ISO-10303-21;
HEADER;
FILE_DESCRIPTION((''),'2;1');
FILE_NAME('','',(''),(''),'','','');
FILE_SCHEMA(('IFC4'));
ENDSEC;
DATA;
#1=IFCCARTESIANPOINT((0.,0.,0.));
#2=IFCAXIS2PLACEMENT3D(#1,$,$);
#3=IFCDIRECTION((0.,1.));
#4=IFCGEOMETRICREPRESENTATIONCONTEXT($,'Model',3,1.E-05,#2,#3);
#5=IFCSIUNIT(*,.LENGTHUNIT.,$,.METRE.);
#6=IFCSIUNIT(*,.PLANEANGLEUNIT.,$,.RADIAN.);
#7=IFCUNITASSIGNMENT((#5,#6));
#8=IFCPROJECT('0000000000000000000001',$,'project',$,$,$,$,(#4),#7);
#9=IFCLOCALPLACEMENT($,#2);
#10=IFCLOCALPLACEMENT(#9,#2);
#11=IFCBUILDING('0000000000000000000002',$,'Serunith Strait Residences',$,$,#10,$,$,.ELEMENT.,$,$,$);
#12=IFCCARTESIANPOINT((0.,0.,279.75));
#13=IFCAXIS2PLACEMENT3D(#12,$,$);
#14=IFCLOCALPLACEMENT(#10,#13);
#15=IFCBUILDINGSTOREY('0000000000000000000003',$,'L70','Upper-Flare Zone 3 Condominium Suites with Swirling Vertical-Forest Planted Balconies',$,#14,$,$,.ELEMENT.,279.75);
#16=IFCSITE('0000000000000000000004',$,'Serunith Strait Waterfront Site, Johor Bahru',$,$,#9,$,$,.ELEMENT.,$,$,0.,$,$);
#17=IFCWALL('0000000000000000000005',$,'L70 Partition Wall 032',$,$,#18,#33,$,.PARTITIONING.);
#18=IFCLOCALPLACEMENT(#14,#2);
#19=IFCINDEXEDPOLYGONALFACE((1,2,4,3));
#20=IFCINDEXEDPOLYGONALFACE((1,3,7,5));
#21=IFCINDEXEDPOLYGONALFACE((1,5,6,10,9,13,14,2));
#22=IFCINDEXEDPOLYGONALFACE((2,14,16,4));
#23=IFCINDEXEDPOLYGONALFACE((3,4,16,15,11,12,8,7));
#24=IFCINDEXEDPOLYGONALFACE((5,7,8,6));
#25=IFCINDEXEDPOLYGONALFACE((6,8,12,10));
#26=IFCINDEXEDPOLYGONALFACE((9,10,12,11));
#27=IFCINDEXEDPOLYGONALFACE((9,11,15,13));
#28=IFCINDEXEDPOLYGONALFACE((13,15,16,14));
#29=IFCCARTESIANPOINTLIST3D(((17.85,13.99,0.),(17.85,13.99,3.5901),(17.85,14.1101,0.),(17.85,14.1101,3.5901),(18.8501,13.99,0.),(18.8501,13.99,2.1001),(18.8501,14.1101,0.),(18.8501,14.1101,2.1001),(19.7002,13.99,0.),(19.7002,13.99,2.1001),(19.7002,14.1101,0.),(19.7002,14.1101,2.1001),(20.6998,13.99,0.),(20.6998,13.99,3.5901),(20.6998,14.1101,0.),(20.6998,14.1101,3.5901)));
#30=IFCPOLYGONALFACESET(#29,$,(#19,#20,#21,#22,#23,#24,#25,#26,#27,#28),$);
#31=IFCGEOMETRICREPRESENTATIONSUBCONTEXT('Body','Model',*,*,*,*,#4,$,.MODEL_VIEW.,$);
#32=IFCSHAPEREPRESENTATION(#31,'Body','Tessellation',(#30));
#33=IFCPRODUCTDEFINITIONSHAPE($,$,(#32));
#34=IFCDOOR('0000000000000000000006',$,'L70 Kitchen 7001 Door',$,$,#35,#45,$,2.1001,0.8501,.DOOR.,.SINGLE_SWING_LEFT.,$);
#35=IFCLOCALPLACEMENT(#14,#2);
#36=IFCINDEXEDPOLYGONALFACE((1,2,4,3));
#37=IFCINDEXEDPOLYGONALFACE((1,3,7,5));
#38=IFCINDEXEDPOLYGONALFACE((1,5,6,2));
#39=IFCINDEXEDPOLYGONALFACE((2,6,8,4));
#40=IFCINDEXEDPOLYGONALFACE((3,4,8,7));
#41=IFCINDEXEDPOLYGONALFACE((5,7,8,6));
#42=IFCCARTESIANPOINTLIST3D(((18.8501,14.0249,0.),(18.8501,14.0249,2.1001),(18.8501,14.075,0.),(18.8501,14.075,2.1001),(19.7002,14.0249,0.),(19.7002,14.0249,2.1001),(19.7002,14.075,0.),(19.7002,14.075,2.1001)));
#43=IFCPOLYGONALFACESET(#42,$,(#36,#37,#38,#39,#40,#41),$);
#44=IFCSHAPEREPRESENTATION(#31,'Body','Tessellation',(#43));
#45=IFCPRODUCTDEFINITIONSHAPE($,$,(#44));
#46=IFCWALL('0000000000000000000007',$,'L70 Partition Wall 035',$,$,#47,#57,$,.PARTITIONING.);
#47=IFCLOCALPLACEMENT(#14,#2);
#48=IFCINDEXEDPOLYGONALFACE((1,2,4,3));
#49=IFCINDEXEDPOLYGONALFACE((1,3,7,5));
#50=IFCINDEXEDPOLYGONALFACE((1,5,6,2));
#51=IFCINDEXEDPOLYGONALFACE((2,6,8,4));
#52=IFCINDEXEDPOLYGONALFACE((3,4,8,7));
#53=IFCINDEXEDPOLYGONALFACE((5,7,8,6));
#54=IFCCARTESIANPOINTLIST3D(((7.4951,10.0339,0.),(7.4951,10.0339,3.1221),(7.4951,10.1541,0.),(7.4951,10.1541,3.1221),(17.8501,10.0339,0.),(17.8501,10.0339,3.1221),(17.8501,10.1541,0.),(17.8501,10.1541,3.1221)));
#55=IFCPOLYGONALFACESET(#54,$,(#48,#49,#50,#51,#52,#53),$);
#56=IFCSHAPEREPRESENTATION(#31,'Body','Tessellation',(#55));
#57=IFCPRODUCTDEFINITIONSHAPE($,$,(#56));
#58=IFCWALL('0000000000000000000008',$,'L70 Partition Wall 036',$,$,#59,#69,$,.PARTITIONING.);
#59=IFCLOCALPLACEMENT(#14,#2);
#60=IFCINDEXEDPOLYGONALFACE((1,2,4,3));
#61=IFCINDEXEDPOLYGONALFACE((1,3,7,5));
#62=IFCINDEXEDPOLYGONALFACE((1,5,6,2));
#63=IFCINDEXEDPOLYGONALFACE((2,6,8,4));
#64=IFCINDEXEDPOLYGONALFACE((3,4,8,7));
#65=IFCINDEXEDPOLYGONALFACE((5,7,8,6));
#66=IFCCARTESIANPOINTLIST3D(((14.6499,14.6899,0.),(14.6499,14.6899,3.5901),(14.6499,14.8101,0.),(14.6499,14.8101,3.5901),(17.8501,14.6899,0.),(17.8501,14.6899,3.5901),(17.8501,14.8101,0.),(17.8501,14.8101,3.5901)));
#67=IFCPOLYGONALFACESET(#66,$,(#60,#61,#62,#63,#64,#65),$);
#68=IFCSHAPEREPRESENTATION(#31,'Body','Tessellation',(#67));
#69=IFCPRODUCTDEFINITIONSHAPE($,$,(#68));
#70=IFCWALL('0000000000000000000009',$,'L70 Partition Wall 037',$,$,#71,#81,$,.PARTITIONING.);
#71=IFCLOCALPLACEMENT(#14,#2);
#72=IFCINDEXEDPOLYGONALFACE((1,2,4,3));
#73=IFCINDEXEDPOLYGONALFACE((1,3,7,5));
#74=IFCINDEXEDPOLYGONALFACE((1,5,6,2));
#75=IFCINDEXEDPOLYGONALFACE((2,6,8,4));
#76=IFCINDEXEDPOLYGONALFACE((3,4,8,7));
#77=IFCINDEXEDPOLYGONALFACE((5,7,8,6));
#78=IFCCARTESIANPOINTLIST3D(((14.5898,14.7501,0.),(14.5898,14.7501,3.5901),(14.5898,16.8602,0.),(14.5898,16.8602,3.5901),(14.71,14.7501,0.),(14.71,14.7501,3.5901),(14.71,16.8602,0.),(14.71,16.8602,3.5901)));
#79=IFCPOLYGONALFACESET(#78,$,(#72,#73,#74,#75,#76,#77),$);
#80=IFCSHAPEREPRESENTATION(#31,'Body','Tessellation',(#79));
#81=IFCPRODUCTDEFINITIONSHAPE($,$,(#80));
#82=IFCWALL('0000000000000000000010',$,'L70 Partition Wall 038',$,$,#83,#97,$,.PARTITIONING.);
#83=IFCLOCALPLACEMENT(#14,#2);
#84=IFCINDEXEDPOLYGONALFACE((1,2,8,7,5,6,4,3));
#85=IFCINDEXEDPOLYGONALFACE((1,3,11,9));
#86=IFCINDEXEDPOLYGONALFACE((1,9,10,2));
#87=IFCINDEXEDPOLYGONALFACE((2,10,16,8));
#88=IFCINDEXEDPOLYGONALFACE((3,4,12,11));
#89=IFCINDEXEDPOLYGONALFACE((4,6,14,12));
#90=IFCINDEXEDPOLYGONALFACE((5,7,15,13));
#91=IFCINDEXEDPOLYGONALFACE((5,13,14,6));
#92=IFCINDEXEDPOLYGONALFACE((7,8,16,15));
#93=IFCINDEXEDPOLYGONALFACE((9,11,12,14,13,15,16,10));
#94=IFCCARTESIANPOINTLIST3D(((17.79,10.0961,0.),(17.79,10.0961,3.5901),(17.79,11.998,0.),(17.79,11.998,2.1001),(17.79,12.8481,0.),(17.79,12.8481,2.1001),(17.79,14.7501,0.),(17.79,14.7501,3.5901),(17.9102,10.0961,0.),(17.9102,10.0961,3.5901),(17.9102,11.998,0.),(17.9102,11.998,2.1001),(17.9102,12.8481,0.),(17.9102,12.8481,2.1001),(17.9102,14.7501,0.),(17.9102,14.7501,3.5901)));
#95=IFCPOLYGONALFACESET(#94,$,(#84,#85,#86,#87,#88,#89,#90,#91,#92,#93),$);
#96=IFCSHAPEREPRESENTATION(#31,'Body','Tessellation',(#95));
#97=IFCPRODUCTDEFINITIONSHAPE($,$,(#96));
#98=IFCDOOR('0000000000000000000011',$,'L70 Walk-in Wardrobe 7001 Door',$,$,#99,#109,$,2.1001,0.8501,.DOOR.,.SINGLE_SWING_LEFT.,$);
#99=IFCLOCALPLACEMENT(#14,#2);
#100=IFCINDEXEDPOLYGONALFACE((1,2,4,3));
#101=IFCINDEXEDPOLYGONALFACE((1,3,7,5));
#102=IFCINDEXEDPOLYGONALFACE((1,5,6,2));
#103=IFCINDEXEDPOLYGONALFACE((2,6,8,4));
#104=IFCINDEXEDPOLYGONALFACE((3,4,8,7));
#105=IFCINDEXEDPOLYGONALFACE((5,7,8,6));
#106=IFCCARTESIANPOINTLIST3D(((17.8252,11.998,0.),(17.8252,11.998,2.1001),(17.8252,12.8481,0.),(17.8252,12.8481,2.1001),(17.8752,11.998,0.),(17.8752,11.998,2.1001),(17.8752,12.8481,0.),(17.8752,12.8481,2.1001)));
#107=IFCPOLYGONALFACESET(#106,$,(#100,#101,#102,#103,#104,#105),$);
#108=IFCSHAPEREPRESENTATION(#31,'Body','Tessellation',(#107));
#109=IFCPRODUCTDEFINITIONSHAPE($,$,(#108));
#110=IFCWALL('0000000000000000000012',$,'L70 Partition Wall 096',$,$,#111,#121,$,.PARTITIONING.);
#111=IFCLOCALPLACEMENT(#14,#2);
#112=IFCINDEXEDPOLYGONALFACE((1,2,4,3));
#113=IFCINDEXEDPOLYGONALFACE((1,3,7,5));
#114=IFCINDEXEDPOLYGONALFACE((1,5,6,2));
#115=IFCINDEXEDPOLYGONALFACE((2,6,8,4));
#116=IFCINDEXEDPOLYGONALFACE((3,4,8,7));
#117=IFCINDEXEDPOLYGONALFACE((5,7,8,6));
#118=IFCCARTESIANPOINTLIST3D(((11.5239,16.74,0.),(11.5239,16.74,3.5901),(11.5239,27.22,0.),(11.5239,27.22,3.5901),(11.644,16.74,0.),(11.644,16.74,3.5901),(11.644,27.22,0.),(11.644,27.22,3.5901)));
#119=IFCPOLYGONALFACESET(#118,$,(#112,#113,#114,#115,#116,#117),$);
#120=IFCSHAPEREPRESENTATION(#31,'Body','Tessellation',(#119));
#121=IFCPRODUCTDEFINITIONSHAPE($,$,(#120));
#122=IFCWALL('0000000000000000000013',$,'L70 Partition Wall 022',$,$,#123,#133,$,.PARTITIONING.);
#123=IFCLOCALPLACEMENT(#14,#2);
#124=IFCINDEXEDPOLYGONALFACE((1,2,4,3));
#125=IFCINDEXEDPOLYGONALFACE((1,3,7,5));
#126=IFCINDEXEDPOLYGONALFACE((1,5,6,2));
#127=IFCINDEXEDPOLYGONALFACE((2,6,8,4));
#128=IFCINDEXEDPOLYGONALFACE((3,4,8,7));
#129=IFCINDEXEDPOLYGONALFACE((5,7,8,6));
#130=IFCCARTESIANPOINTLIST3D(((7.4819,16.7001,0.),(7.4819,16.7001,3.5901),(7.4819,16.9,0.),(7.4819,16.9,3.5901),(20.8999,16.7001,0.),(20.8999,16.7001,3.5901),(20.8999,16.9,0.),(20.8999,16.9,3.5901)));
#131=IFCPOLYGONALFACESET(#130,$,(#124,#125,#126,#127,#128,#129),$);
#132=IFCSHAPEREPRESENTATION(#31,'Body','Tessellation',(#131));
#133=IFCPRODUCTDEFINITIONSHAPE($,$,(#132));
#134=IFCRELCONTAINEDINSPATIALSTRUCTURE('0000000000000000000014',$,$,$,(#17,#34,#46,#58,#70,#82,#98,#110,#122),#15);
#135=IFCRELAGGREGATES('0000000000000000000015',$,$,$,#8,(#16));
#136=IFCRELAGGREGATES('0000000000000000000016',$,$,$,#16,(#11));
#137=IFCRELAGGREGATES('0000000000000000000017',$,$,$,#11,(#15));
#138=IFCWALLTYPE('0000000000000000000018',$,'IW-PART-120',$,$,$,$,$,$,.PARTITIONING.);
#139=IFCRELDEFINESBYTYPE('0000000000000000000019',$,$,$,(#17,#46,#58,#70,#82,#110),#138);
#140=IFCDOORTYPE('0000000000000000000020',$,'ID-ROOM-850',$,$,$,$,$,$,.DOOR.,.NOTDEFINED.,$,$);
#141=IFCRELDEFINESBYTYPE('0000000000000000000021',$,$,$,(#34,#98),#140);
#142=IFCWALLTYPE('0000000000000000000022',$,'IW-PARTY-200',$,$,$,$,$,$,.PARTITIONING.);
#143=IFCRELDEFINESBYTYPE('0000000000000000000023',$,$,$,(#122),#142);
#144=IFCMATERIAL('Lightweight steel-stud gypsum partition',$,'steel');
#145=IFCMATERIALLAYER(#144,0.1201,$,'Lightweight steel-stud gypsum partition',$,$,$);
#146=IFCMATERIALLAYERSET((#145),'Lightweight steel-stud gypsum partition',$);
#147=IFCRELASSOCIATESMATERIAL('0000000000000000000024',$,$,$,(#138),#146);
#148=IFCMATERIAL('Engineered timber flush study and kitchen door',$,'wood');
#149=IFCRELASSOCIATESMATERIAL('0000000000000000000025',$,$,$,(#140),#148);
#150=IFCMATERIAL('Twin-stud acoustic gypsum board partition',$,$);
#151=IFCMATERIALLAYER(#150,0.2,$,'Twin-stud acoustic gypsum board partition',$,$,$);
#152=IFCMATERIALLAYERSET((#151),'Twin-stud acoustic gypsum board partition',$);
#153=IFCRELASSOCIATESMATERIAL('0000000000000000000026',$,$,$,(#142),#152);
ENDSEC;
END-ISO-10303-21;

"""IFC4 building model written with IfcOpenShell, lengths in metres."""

from ifc_helpers import new_model, si_unit, direction, frame, frame_2d, origin, place, context, subcontext, project, spatial, rectangle, extrude, source, transform, mapped, material, layer, layer_set, type_object, element, fill, save


model = new_model("IFC4")

# Units and contexts
model_context = context("Model", 3, precision=1e-05, world=origin(), true_north=direction((0.0, 1.0)))
body_context = subcontext(model_context, "Body", "Model", "MODEL_VIEW")
ifc_project = project(units=[si_unit("LENGTHUNIT", "METRE"), si_unit("PLANEANGLEUNIT", "RADIAN")], contexts=[model_context])

# Site, building, storey
site_placement = place(None, origin())
site = spatial("IfcSite", under=ifc_project, at=site_placement, Name="Serunith Strait Waterfront Site, Johor Bahru", CompositionType="ELEMENT", RefElevation=0.0)
building_placement = place(site_placement, origin())
building = spatial("IfcBuilding", under=site, at=building_placement, Name="Serunith Strait Residences", CompositionType="ELEMENT")
storey_placement = place(building_placement, frame((0.0, 0.0, 279.75)))
storey = spatial("IfcBuildingStorey", under=building, at=storey_placement, Name="L70", Description="Upper-Flare Zone 3 Condominium Suites with Swirling Vertical-Forest Planted Balconies", CompositionType="ELEMENT", Elevation=279.75)

# Wall, opening, door
ifc_material_1 = material(Name="Lightweight steel-stud gypsum partition", Category="steel")
ifc_layer_1 = layer(ifc_material_1, 0.1201, Name="Lightweight steel-stud gypsum partition")
ifc_layer_set_1 = layer_set([ifc_layer_1], Name="Lightweight steel-stud gypsum partition")
wall_type_1 = type_object("IfcWallType", Name="IW-PART-120", PredefinedType="PARTITIONING", material=ifc_layer_set_1)
wall_1_placement = place(storey_placement, frame((17.8501, 14.05, 0.0), z_axis=(0.0, 0.0, 1.0), x_axis=(1.0, 0.0, 0.0)))
wall_1 = element("IfcWall", 1, at=wall_1_placement, inside=storey, type_object=wall_type_1, Name="L70 Partition Wall 032", PredefinedType="PARTITIONING", context=body_context, shape_type="SweptSolid", body=[
    extrude(rectangle(XDim=2.8499, YDim=0.1201, at=frame_2d((1.4248, 0.0))), origin(), (0.0, 0.0, 1.0), 3.5901),
])
opening_1_placement = place(wall_1_placement, frame((1.0, 0.0, 0.0)))
opening_1 = element("IfcOpeningElement", 2, at=opening_1_placement, cuts=wall_1, PredefinedType="OPENING", context=body_context, shape_type="SweptSolid", body=[
    extrude(rectangle(XDim=0.8501, YDim=2.1001, at=frame_2d((0.425, 1.05))), frame((0.0, 0.0701, 0.0), z_axis=(0.0, -1.0, 0.0), x_axis=(1.0, 0.0, 0.0)), (0.0, 0.0, 1.0), 0.1401),
])
ifc_material_2 = material(Name="Engineered timber flush study and kitchen door", Category="wood")
door_type = type_object("IfcDoorType", Name="ID-ROOM-850", OperationType="NOTDEFINED", PredefinedType="DOOR", material=ifc_material_2)
shared_shape_1 = source(origin(), body_context, "Body", "SweptSolid", [
    extrude(rectangle(XDim=0.8501, YDim=2.1001, at=frame_2d((0.425, 1.05))), frame((0.0, 0.0249, 0.0), z_axis=(0.0, -1.0, 0.0), x_axis=(1.0, 0.0, 0.0)), (0.0, 0.0, 1.0), 0.05),
])
door_1_placement = place(opening_1_placement, origin())
door_1 = element("IfcDoor", 3, at=door_1_placement, inside=storey, type_object=door_type, Name="L70 Kitchen 7001 Door", OperationType="SINGLE_SWING_LEFT", OverallHeight=2.1001, OverallWidth=0.8501, PredefinedType="DOOR", context=body_context, shape_type="MappedRepresentation", body=[
    mapped(shared_shape_1, transform((0.0, 0.0, 0.0), scale=1.0)),
])
fill(opening_1, door_1)

# Walls
wall_2_placement = place(storey_placement, frame((7.4951, 10.094, 0.0), z_axis=(0.0, 0.0, 1.0), x_axis=(1.0, 0.0, 0.0)))
element("IfcWall", 4, at=wall_2_placement, inside=storey, type_object=wall_type_1, Name="L70 Partition Wall 035", PredefinedType="PARTITIONING", context=body_context, shape_type="SweptSolid", body=[
    extrude(rectangle(XDim=10.355, YDim=0.1201, at=frame_2d((5.1775, 0.0))), origin(), (0.0, 0.0, 1.0), 3.1221),
])
wall_3_placement = place(storey_placement, frame((14.6499, 14.75, 0.0), z_axis=(0.0, 0.0, 1.0), x_axis=(1.0, 0.0, 0.0)))
element("IfcWall", 5, at=wall_3_placement, inside=storey, type_object=wall_type_1, Name="L70 Partition Wall 036", PredefinedType="PARTITIONING", context=body_context, shape_type="SweptSolid", body=[
    extrude(rectangle(XDim=3.2002, YDim=0.1201, at=frame_2d((1.6001, 0.0))), origin(), (0.0, 0.0, 1.0), 3.5901),
])
wall_4_placement = place(storey_placement, frame((14.6499, 14.75, 0.0), z_axis=(0.0, 0.0, 1.0), x_axis=(0.0, 1.0, 0.0)))
element("IfcWall", 6, at=wall_4_placement, inside=storey, type_object=wall_type_1, Name="L70 Partition Wall 037", PredefinedType="PARTITIONING", context=body_context, shape_type="SweptSolid", body=[
    extrude(rectangle(XDim=2.1101, YDim=0.1201, at=frame_2d((1.0552, 0.0))), origin(), (0.0, 0.0, 1.0), 3.5901),
])

# Wall, opening, door
wall_5_placement = place(storey_placement, frame((17.8501, 10.0959, 0.0), z_axis=(0.0, 0.0, 1.0), x_axis=(0.0, 1.0, 0.0)))
wall_5 = element("IfcWall", 7, at=wall_5_placement, inside=storey, type_object=wall_type_1, Name="L70 Partition Wall 038", PredefinedType="PARTITIONING", context=body_context, shape_type="SweptSolid", body=[
    extrude(rectangle(XDim=4.6541, YDim=0.1201, at=frame_2d((2.3271, 0.0))), origin(), (0.0, 0.0, 1.0), 3.5901),
])
opening_2_placement = place(wall_5_placement, frame((1.9021, 0.0, 0.0)))
opening_2 = element("IfcOpeningElement", 8, at=opening_2_placement, cuts=wall_5, PredefinedType="OPENING", context=body_context, shape_type="SweptSolid", body=[
    extrude(rectangle(XDim=0.8501, YDim=2.1001, at=frame_2d((0.425, 1.05))), frame((0.0, 0.0701, 0.0), z_axis=(0.0, -1.0, 0.0), x_axis=(1.0, 0.0, 0.0)), (0.0, 0.0, 1.0), 0.1401),
])
door_2_placement = place(opening_2_placement, origin())
door_2 = element("IfcDoor", 9, at=door_2_placement, inside=storey, type_object=door_type, Name="L70 Walk-in Wardrobe 7001 Door", OperationType="SINGLE_SWING_LEFT", OverallHeight=2.1001, OverallWidth=0.8501, PredefinedType="DOOR", context=body_context, shape_type="MappedRepresentation", body=[
    mapped(shared_shape_1, transform((0.0, 0.0, 0.0), scale=1.0)),
])
fill(opening_2, door_2)

# Walls
wall_6_placement = place(storey_placement, frame((11.584, 16.74, 0.0), z_axis=(0.0, 0.0, 1.0), x_axis=(0.0, 1.0, 0.0)))
element("IfcWall", 10, at=wall_6_placement, inside=storey, type_object=wall_type_1, Name="L70 Partition Wall 096", PredefinedType="PARTITIONING", context=body_context, shape_type="SweptSolid", body=[
    extrude(rectangle(XDim=10.48, YDim=0.1201, at=frame_2d((5.24, 0.0))), origin(), (0.0, 0.0, 1.0), 3.5901),
])
ifc_material_3 = material(Name="Twin-stud acoustic gypsum board partition")
ifc_layer_2 = layer(ifc_material_3, 0.2, Name="Twin-stud acoustic gypsum board partition")
ifc_layer_set_2 = layer_set([ifc_layer_2], Name="Twin-stud acoustic gypsum board partition")
wall_type_2 = type_object("IfcWallType", Name="IW-PARTY-200", PredefinedType="PARTITIONING", material=ifc_layer_set_2)
wall_7_placement = place(storey_placement, frame((7.4819, 16.8, 0.0), z_axis=(0.0, 0.0, 1.0), x_axis=(1.0, 0.0, 0.0)))
element("IfcWall", 11, at=wall_7_placement, inside=storey, type_object=wall_type_2, Name="L70 Partition Wall 022", PredefinedType="PARTITIONING", context=body_context, shape_type="SweptSolid", body=[
    extrude(rectangle(XDim=13.418, YDim=0.2, at=frame_2d((6.709, 0.0))), origin(), (0.0, 0.0, 1.0), 3.5901),
])

save(model, "model.ifc")
